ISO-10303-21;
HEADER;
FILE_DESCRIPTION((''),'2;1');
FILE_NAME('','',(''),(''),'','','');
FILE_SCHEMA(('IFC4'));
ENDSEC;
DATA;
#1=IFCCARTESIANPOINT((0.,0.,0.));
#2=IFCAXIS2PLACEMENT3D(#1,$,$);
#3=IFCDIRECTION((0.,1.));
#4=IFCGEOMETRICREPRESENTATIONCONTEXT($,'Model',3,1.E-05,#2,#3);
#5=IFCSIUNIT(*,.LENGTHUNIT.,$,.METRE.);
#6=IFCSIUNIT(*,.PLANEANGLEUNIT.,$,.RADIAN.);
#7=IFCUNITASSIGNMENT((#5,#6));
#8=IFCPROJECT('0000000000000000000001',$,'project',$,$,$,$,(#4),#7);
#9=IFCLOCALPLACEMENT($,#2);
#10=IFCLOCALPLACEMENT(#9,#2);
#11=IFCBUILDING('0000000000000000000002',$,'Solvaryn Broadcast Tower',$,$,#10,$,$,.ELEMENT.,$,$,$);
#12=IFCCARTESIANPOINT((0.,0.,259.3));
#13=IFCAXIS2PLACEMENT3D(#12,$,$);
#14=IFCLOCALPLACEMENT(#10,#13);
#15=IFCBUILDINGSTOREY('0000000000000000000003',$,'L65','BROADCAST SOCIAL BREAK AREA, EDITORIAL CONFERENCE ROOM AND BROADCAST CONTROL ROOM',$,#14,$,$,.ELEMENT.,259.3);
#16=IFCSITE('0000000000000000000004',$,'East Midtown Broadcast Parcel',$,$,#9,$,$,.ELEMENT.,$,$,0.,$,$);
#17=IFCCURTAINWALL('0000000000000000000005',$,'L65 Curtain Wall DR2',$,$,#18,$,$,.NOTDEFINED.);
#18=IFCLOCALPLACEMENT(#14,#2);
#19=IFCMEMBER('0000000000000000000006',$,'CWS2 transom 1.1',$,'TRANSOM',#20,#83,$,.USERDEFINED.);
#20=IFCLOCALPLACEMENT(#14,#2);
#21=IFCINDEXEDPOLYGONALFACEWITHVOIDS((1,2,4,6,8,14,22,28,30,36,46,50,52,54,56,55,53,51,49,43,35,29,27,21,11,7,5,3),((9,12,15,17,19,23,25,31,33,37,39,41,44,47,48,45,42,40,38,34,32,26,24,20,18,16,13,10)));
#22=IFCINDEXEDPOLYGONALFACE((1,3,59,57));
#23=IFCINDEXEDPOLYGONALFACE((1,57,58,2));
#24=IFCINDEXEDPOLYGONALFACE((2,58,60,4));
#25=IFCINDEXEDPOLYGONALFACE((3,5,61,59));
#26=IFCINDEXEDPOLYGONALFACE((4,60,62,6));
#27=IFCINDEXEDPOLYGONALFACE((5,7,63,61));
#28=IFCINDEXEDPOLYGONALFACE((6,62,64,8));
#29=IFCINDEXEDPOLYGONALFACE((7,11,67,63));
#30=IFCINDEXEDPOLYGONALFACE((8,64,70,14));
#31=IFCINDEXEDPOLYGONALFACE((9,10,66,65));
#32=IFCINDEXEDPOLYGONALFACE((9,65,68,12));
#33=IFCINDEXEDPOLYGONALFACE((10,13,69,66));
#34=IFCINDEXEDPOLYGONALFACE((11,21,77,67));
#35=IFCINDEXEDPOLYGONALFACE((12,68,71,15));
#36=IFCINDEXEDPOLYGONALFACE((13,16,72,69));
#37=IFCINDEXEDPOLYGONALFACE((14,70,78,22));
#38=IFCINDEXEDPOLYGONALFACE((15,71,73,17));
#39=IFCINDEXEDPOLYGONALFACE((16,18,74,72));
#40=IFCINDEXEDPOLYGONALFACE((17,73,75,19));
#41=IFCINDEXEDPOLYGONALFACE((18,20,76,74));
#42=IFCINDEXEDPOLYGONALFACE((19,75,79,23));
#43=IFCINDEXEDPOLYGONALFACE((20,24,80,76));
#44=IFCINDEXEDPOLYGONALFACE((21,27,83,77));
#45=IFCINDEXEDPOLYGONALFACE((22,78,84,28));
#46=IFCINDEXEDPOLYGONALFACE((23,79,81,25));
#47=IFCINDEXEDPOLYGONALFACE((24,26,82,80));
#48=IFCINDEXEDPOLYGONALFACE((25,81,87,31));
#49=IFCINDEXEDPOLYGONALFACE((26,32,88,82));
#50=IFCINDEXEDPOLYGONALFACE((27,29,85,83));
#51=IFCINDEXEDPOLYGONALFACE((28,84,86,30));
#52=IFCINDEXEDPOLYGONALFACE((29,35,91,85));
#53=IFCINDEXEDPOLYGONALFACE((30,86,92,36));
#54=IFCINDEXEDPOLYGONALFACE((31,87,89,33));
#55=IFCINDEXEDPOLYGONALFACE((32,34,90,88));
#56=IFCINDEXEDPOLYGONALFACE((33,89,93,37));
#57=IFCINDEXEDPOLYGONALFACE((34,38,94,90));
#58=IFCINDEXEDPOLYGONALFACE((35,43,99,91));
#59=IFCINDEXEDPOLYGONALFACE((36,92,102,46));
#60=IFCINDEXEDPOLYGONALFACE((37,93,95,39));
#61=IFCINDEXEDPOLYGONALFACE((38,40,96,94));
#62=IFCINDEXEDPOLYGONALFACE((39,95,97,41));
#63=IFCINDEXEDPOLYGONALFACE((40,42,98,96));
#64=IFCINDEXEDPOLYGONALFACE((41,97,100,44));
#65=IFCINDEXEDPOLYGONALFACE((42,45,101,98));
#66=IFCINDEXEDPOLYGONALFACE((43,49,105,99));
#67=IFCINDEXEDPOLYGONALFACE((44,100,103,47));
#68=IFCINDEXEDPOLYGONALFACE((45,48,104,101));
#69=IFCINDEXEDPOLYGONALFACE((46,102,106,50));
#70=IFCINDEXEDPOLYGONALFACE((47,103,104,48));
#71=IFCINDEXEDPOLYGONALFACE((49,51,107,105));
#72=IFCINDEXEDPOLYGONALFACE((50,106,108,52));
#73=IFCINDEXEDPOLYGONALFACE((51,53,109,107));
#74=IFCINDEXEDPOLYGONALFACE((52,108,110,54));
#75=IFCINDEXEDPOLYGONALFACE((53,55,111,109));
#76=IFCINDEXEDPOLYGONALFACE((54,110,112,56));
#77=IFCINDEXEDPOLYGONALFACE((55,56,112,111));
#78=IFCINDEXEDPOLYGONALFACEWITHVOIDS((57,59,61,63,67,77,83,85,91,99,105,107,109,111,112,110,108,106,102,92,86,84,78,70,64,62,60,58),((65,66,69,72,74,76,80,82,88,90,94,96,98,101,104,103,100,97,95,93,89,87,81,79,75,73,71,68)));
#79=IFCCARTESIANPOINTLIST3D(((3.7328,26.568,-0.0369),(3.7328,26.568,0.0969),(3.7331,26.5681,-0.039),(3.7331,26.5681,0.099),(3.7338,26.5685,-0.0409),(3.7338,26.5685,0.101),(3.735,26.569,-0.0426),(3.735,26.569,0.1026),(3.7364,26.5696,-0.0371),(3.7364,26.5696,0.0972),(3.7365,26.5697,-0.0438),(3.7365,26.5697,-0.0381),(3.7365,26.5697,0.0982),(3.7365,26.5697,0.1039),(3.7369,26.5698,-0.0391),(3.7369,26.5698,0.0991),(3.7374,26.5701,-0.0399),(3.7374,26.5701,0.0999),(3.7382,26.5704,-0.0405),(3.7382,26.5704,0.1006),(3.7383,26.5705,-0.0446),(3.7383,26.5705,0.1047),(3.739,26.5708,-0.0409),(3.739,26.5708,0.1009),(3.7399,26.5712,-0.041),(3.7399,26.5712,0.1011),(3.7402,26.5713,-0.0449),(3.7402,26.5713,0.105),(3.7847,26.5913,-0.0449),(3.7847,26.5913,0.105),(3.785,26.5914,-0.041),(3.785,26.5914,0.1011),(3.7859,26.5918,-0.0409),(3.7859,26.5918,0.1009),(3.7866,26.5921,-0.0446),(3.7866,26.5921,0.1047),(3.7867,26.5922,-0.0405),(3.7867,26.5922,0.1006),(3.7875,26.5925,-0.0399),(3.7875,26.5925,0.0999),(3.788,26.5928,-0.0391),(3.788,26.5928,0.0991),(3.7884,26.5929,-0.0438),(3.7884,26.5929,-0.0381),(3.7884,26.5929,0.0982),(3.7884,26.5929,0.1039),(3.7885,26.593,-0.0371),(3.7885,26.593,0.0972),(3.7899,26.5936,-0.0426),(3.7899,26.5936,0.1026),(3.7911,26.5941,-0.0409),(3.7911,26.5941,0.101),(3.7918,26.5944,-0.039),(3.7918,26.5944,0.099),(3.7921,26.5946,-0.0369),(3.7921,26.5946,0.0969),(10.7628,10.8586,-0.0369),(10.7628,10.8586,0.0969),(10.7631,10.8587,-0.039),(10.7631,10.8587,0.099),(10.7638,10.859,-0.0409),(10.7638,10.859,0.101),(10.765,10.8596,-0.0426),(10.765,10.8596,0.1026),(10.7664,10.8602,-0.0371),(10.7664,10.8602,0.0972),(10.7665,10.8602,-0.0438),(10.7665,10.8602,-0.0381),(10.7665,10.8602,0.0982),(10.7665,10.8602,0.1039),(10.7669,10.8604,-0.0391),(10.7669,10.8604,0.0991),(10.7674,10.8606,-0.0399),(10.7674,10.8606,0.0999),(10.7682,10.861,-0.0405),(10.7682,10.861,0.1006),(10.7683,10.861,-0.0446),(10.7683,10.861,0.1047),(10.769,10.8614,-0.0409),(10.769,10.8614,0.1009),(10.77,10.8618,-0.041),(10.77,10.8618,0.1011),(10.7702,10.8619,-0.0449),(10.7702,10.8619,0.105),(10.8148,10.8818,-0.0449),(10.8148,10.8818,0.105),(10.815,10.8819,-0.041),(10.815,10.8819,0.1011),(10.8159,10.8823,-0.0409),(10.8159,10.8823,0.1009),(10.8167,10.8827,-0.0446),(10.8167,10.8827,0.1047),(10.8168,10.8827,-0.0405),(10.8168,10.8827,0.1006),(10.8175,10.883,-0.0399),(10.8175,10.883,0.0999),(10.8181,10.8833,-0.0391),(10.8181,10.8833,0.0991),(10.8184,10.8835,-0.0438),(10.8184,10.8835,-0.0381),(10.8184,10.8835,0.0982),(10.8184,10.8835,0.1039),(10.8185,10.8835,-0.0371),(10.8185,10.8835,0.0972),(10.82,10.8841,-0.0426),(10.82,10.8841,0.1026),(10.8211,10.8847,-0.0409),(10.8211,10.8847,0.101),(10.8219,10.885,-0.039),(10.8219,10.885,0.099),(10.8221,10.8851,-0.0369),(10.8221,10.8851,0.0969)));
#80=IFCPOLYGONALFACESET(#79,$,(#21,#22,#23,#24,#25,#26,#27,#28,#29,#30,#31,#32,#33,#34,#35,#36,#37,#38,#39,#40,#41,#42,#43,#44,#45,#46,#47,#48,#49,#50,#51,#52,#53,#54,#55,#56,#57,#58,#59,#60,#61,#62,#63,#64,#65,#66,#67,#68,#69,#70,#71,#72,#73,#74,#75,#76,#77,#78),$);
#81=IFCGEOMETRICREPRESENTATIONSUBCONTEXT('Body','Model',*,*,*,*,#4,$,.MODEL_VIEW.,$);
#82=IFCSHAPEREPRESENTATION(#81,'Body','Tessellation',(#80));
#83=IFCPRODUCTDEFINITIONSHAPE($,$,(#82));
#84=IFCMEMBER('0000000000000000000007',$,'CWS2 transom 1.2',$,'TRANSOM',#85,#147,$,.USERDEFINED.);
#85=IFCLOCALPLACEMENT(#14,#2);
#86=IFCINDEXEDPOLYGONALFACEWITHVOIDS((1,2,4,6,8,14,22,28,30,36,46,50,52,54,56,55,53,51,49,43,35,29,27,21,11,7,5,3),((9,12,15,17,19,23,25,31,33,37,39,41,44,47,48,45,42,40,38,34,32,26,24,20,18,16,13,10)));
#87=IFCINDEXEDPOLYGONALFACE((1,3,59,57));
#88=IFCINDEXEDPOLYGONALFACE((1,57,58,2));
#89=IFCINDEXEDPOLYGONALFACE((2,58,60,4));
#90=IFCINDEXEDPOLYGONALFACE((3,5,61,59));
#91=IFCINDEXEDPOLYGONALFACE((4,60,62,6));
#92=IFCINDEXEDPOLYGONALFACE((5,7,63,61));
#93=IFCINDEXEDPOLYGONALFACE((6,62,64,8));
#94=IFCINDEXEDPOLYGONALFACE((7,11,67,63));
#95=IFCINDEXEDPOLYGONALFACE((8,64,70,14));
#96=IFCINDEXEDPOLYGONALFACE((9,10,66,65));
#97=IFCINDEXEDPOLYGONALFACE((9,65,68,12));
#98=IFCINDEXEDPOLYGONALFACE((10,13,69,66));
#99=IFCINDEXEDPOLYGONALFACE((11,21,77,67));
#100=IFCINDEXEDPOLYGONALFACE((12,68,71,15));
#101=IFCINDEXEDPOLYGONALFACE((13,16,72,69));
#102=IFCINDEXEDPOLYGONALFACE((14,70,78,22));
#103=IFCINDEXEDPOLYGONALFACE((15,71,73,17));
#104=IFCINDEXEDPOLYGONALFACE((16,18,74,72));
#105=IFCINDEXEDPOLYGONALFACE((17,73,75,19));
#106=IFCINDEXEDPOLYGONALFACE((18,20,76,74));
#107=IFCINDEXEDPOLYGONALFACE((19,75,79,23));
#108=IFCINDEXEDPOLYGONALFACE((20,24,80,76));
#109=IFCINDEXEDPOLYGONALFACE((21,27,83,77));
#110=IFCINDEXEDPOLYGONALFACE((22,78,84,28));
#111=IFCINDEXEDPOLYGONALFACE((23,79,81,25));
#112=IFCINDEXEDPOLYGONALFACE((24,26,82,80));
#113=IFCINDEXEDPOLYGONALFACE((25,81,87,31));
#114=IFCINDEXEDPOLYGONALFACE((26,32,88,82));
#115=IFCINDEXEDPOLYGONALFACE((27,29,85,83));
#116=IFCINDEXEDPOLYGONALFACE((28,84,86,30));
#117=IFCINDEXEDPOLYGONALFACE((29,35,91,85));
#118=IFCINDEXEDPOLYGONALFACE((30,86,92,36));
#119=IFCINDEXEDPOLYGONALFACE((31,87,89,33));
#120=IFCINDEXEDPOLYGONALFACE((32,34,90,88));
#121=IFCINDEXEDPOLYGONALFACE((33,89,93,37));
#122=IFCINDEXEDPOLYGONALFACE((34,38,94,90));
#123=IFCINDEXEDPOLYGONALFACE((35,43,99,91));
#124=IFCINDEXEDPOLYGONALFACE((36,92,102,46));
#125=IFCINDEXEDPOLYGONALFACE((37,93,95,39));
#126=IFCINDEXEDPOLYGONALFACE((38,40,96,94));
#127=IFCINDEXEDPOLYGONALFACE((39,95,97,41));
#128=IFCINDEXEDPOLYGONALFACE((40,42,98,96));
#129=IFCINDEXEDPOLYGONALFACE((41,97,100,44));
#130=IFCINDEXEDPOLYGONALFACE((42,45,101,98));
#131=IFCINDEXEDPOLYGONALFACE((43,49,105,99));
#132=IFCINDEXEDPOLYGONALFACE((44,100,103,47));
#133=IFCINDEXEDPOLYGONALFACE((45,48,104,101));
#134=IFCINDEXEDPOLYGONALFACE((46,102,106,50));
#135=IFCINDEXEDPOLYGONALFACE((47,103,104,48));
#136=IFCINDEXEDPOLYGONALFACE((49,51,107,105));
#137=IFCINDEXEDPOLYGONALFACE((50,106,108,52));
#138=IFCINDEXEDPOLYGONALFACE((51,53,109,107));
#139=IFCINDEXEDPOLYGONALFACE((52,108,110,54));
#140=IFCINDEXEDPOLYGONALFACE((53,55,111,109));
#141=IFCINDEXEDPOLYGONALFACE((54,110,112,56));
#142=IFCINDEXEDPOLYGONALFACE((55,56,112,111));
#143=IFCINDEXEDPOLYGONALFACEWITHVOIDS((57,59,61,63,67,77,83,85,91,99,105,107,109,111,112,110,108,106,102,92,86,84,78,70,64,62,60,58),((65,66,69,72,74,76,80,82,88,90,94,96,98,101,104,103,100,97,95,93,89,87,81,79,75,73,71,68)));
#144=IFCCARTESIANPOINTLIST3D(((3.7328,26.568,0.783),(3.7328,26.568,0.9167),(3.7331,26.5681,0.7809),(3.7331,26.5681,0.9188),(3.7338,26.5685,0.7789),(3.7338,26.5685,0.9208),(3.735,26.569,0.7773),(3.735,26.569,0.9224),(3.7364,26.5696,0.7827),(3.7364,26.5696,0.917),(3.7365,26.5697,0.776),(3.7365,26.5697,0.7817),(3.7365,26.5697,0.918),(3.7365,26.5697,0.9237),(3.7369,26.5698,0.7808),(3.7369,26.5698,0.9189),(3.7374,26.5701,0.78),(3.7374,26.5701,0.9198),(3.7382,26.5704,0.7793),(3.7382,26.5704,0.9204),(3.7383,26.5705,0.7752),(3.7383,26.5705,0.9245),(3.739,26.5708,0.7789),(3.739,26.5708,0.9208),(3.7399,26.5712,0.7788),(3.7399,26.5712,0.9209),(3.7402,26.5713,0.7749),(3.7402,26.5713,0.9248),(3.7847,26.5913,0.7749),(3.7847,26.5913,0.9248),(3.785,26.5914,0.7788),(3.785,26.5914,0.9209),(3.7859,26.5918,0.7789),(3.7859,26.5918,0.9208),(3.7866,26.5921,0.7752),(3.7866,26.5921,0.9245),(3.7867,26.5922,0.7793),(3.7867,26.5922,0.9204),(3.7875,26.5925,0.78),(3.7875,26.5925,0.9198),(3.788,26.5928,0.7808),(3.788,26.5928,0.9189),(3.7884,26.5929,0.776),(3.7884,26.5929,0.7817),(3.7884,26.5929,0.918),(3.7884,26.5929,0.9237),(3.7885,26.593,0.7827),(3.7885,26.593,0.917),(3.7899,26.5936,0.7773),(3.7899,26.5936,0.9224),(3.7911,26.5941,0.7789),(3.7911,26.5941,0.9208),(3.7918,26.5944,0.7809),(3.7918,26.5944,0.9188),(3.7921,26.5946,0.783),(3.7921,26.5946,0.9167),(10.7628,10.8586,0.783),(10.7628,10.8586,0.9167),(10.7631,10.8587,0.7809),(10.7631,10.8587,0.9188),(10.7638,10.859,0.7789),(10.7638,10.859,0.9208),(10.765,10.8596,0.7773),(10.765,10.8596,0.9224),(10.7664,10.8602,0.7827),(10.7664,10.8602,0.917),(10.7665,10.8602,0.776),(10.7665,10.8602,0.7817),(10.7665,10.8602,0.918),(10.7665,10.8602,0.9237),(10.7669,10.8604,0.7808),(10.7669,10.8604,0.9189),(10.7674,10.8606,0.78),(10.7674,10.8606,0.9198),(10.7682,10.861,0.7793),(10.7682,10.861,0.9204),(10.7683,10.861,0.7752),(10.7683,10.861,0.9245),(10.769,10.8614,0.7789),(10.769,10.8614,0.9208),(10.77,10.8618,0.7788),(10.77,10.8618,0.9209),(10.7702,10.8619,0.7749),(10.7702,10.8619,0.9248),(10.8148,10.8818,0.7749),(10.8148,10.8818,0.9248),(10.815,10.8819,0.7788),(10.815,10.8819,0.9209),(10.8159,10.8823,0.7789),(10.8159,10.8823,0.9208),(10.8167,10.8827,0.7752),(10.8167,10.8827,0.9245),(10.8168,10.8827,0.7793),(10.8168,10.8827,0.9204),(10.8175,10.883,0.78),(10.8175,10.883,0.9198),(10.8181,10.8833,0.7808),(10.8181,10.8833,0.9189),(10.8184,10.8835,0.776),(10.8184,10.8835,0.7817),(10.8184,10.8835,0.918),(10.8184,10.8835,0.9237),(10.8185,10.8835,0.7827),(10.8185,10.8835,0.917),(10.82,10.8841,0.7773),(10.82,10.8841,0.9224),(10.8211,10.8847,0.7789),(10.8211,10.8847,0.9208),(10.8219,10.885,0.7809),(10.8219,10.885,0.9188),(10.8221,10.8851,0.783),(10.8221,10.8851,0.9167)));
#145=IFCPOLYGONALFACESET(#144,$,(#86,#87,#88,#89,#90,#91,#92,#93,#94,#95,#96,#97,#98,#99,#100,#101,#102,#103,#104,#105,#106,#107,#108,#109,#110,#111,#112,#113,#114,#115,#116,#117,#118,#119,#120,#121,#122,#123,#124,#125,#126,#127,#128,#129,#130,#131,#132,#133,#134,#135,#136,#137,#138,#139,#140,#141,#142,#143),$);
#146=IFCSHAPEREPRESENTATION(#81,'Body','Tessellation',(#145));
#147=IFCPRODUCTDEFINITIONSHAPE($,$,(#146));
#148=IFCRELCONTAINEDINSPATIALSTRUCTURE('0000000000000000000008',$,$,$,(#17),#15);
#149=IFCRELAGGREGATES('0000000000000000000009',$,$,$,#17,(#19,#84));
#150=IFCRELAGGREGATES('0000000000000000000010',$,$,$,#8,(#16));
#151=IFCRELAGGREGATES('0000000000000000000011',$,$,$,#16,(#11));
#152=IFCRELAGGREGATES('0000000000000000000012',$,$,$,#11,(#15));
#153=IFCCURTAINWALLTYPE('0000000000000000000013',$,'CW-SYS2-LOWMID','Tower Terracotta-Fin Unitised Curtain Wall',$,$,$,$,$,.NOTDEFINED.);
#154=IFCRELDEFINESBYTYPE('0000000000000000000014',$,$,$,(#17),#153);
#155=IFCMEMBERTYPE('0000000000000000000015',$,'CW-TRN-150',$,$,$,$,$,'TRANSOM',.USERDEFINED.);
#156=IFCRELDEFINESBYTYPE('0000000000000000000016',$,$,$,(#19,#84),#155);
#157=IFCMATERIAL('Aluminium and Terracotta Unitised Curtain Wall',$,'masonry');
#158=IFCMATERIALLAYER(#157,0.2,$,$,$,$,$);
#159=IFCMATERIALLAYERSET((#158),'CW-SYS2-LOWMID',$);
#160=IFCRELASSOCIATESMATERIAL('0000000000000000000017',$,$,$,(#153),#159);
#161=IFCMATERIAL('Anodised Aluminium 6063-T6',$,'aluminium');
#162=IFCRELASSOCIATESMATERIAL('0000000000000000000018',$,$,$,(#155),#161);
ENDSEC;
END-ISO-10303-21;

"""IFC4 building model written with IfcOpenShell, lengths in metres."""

from ifc_helpers import new_model, si_unit, direction, frame, origin, origin_2d, place, context, subcontext, project, spatial, hollow_rectangle, extrude, material, layer, layer_set, material_profile, profile_set, type_object, element, aggregate, save


model = new_model("IFC4")

# Units and contexts
model_context = context("Model", 3, precision=1e-05, world=origin(), true_north=direction((0.0, 1.0)))
body_context = subcontext(model_context, "Body", "Model", "MODEL_VIEW")
ifc_project = project(units=[si_unit("LENGTHUNIT", "METRE"), si_unit("PLANEANGLEUNIT", "RADIAN")], contexts=[model_context])

# Site, building, storey
site_placement = place(None, origin())
site = spatial("IfcSite", under=ifc_project, at=site_placement, Name="East Midtown Broadcast Parcel", CompositionType="ELEMENT", RefElevation=0.0)
building_placement = place(site_placement, origin())
building = spatial("IfcBuilding", under=site, at=building_placement, Name="Solvaryn Broadcast Tower", CompositionType="ELEMENT")
storey_placement = place(building_placement, frame((0.0, 0.0, 259.3)))
storey = spatial("IfcBuildingStorey", under=building, at=storey_placement, Name="L65", Description="BROADCAST SOCIAL BREAK AREA, EDITORIAL CONFERENCE ROOM AND BROADCAST CONTROL ROOM", CompositionType="ELEMENT", Elevation=259.3)

# Shared definitions
ifc_material_1 = material(Name="Aluminium and Terracotta Unitised Curtain Wall", Category="masonry")
ifc_layer_1 = layer(ifc_material_1, 0.2)
ifc_layer_set_1 = layer_set([ifc_layer_1], Name="CW-SYS2-LOWMID")
curtain_wall_type = type_object("IfcCurtainWallType", Name="CW-SYS2-LOWMID", Description="Tower Terracotta-Fin Unitised Curtain Wall", PredefinedType="NOTDEFINED", material=ifc_layer_set_1)

# Curtain wall, members
curtain_wall_1_placement = place(storey_placement, origin())
curtain_wall_1 = element("IfcCurtainWall", 1, at=curtain_wall_1_placement, inside=storey, type_object=curtain_wall_type, Name="L65 Curtain Wall DR2", PredefinedType="NOTDEFINED")
ifc_material_2 = material(Name="Anodised Aluminium 6063-T6", Category="aluminium")
ifc_material_profile_1 = material_profile(ifc_material_2, hollow_rectangle(XDim=0.0649, YDim=0.1499, WallThickness=0.0039, InnerFilletRadius=0.0039, OuterFilletRadius=0.0081, at=origin_2d()))
ifc_profile_set_1 = profile_set([ifc_material_profile_1], Name="Anodised Aluminium 6063-T6")
member_type_1 = type_object("IfcMemberType", Name="CW-TRN-150", ElementType="TRANSOM", PredefinedType="USERDEFINED", material=ifc_profile_set_1)
member_1_placement = place(storey_placement, frame((3.7625, 26.5813, 0.03), z_axis=(0.408468, -0.912773, 0.0), x_axis=(0.912773, 0.408468, 0.0)))
member_1 = element("IfcMember", 2, at=member_1_placement, type_object=member_type_1, Name="CWS2 transom 1.1", ObjectType="TRANSOM", PredefinedType="USERDEFINED", context=body_context, shape_type="SweptSolid", body=[
    extrude(hollow_rectangle(XDim=0.0649, YDim=0.1499, WallThickness=0.0039, InnerFilletRadius=0.0039, OuterFilletRadius=0.0081, at=origin_2d()), origin(), (0.0, 0.0, 1.0), 17.2107),
])
member_2_placement = place(storey_placement, frame((3.7625, 26.5813, 0.8499), z_axis=(0.408468, -0.912773, 0.0), x_axis=(0.912773, 0.408468, 0.0)))
member_2 = element("IfcMember", 3, at=member_2_placement, type_object=member_type_1, Name="CWS2 transom 1.2", ObjectType="TRANSOM", PredefinedType="USERDEFINED", context=body_context, shape_type="SweptSolid", body=[
    extrude(hollow_rectangle(XDim=0.0649, YDim=0.1499, WallThickness=0.0039, InnerFilletRadius=0.0039, OuterFilletRadius=0.0081, at=origin_2d()), origin(), (0.0, 0.0, 1.0), 17.2107),
])
aggregate(curtain_wall_1, [member_1, member_2])

save(model, "model.ifc")
